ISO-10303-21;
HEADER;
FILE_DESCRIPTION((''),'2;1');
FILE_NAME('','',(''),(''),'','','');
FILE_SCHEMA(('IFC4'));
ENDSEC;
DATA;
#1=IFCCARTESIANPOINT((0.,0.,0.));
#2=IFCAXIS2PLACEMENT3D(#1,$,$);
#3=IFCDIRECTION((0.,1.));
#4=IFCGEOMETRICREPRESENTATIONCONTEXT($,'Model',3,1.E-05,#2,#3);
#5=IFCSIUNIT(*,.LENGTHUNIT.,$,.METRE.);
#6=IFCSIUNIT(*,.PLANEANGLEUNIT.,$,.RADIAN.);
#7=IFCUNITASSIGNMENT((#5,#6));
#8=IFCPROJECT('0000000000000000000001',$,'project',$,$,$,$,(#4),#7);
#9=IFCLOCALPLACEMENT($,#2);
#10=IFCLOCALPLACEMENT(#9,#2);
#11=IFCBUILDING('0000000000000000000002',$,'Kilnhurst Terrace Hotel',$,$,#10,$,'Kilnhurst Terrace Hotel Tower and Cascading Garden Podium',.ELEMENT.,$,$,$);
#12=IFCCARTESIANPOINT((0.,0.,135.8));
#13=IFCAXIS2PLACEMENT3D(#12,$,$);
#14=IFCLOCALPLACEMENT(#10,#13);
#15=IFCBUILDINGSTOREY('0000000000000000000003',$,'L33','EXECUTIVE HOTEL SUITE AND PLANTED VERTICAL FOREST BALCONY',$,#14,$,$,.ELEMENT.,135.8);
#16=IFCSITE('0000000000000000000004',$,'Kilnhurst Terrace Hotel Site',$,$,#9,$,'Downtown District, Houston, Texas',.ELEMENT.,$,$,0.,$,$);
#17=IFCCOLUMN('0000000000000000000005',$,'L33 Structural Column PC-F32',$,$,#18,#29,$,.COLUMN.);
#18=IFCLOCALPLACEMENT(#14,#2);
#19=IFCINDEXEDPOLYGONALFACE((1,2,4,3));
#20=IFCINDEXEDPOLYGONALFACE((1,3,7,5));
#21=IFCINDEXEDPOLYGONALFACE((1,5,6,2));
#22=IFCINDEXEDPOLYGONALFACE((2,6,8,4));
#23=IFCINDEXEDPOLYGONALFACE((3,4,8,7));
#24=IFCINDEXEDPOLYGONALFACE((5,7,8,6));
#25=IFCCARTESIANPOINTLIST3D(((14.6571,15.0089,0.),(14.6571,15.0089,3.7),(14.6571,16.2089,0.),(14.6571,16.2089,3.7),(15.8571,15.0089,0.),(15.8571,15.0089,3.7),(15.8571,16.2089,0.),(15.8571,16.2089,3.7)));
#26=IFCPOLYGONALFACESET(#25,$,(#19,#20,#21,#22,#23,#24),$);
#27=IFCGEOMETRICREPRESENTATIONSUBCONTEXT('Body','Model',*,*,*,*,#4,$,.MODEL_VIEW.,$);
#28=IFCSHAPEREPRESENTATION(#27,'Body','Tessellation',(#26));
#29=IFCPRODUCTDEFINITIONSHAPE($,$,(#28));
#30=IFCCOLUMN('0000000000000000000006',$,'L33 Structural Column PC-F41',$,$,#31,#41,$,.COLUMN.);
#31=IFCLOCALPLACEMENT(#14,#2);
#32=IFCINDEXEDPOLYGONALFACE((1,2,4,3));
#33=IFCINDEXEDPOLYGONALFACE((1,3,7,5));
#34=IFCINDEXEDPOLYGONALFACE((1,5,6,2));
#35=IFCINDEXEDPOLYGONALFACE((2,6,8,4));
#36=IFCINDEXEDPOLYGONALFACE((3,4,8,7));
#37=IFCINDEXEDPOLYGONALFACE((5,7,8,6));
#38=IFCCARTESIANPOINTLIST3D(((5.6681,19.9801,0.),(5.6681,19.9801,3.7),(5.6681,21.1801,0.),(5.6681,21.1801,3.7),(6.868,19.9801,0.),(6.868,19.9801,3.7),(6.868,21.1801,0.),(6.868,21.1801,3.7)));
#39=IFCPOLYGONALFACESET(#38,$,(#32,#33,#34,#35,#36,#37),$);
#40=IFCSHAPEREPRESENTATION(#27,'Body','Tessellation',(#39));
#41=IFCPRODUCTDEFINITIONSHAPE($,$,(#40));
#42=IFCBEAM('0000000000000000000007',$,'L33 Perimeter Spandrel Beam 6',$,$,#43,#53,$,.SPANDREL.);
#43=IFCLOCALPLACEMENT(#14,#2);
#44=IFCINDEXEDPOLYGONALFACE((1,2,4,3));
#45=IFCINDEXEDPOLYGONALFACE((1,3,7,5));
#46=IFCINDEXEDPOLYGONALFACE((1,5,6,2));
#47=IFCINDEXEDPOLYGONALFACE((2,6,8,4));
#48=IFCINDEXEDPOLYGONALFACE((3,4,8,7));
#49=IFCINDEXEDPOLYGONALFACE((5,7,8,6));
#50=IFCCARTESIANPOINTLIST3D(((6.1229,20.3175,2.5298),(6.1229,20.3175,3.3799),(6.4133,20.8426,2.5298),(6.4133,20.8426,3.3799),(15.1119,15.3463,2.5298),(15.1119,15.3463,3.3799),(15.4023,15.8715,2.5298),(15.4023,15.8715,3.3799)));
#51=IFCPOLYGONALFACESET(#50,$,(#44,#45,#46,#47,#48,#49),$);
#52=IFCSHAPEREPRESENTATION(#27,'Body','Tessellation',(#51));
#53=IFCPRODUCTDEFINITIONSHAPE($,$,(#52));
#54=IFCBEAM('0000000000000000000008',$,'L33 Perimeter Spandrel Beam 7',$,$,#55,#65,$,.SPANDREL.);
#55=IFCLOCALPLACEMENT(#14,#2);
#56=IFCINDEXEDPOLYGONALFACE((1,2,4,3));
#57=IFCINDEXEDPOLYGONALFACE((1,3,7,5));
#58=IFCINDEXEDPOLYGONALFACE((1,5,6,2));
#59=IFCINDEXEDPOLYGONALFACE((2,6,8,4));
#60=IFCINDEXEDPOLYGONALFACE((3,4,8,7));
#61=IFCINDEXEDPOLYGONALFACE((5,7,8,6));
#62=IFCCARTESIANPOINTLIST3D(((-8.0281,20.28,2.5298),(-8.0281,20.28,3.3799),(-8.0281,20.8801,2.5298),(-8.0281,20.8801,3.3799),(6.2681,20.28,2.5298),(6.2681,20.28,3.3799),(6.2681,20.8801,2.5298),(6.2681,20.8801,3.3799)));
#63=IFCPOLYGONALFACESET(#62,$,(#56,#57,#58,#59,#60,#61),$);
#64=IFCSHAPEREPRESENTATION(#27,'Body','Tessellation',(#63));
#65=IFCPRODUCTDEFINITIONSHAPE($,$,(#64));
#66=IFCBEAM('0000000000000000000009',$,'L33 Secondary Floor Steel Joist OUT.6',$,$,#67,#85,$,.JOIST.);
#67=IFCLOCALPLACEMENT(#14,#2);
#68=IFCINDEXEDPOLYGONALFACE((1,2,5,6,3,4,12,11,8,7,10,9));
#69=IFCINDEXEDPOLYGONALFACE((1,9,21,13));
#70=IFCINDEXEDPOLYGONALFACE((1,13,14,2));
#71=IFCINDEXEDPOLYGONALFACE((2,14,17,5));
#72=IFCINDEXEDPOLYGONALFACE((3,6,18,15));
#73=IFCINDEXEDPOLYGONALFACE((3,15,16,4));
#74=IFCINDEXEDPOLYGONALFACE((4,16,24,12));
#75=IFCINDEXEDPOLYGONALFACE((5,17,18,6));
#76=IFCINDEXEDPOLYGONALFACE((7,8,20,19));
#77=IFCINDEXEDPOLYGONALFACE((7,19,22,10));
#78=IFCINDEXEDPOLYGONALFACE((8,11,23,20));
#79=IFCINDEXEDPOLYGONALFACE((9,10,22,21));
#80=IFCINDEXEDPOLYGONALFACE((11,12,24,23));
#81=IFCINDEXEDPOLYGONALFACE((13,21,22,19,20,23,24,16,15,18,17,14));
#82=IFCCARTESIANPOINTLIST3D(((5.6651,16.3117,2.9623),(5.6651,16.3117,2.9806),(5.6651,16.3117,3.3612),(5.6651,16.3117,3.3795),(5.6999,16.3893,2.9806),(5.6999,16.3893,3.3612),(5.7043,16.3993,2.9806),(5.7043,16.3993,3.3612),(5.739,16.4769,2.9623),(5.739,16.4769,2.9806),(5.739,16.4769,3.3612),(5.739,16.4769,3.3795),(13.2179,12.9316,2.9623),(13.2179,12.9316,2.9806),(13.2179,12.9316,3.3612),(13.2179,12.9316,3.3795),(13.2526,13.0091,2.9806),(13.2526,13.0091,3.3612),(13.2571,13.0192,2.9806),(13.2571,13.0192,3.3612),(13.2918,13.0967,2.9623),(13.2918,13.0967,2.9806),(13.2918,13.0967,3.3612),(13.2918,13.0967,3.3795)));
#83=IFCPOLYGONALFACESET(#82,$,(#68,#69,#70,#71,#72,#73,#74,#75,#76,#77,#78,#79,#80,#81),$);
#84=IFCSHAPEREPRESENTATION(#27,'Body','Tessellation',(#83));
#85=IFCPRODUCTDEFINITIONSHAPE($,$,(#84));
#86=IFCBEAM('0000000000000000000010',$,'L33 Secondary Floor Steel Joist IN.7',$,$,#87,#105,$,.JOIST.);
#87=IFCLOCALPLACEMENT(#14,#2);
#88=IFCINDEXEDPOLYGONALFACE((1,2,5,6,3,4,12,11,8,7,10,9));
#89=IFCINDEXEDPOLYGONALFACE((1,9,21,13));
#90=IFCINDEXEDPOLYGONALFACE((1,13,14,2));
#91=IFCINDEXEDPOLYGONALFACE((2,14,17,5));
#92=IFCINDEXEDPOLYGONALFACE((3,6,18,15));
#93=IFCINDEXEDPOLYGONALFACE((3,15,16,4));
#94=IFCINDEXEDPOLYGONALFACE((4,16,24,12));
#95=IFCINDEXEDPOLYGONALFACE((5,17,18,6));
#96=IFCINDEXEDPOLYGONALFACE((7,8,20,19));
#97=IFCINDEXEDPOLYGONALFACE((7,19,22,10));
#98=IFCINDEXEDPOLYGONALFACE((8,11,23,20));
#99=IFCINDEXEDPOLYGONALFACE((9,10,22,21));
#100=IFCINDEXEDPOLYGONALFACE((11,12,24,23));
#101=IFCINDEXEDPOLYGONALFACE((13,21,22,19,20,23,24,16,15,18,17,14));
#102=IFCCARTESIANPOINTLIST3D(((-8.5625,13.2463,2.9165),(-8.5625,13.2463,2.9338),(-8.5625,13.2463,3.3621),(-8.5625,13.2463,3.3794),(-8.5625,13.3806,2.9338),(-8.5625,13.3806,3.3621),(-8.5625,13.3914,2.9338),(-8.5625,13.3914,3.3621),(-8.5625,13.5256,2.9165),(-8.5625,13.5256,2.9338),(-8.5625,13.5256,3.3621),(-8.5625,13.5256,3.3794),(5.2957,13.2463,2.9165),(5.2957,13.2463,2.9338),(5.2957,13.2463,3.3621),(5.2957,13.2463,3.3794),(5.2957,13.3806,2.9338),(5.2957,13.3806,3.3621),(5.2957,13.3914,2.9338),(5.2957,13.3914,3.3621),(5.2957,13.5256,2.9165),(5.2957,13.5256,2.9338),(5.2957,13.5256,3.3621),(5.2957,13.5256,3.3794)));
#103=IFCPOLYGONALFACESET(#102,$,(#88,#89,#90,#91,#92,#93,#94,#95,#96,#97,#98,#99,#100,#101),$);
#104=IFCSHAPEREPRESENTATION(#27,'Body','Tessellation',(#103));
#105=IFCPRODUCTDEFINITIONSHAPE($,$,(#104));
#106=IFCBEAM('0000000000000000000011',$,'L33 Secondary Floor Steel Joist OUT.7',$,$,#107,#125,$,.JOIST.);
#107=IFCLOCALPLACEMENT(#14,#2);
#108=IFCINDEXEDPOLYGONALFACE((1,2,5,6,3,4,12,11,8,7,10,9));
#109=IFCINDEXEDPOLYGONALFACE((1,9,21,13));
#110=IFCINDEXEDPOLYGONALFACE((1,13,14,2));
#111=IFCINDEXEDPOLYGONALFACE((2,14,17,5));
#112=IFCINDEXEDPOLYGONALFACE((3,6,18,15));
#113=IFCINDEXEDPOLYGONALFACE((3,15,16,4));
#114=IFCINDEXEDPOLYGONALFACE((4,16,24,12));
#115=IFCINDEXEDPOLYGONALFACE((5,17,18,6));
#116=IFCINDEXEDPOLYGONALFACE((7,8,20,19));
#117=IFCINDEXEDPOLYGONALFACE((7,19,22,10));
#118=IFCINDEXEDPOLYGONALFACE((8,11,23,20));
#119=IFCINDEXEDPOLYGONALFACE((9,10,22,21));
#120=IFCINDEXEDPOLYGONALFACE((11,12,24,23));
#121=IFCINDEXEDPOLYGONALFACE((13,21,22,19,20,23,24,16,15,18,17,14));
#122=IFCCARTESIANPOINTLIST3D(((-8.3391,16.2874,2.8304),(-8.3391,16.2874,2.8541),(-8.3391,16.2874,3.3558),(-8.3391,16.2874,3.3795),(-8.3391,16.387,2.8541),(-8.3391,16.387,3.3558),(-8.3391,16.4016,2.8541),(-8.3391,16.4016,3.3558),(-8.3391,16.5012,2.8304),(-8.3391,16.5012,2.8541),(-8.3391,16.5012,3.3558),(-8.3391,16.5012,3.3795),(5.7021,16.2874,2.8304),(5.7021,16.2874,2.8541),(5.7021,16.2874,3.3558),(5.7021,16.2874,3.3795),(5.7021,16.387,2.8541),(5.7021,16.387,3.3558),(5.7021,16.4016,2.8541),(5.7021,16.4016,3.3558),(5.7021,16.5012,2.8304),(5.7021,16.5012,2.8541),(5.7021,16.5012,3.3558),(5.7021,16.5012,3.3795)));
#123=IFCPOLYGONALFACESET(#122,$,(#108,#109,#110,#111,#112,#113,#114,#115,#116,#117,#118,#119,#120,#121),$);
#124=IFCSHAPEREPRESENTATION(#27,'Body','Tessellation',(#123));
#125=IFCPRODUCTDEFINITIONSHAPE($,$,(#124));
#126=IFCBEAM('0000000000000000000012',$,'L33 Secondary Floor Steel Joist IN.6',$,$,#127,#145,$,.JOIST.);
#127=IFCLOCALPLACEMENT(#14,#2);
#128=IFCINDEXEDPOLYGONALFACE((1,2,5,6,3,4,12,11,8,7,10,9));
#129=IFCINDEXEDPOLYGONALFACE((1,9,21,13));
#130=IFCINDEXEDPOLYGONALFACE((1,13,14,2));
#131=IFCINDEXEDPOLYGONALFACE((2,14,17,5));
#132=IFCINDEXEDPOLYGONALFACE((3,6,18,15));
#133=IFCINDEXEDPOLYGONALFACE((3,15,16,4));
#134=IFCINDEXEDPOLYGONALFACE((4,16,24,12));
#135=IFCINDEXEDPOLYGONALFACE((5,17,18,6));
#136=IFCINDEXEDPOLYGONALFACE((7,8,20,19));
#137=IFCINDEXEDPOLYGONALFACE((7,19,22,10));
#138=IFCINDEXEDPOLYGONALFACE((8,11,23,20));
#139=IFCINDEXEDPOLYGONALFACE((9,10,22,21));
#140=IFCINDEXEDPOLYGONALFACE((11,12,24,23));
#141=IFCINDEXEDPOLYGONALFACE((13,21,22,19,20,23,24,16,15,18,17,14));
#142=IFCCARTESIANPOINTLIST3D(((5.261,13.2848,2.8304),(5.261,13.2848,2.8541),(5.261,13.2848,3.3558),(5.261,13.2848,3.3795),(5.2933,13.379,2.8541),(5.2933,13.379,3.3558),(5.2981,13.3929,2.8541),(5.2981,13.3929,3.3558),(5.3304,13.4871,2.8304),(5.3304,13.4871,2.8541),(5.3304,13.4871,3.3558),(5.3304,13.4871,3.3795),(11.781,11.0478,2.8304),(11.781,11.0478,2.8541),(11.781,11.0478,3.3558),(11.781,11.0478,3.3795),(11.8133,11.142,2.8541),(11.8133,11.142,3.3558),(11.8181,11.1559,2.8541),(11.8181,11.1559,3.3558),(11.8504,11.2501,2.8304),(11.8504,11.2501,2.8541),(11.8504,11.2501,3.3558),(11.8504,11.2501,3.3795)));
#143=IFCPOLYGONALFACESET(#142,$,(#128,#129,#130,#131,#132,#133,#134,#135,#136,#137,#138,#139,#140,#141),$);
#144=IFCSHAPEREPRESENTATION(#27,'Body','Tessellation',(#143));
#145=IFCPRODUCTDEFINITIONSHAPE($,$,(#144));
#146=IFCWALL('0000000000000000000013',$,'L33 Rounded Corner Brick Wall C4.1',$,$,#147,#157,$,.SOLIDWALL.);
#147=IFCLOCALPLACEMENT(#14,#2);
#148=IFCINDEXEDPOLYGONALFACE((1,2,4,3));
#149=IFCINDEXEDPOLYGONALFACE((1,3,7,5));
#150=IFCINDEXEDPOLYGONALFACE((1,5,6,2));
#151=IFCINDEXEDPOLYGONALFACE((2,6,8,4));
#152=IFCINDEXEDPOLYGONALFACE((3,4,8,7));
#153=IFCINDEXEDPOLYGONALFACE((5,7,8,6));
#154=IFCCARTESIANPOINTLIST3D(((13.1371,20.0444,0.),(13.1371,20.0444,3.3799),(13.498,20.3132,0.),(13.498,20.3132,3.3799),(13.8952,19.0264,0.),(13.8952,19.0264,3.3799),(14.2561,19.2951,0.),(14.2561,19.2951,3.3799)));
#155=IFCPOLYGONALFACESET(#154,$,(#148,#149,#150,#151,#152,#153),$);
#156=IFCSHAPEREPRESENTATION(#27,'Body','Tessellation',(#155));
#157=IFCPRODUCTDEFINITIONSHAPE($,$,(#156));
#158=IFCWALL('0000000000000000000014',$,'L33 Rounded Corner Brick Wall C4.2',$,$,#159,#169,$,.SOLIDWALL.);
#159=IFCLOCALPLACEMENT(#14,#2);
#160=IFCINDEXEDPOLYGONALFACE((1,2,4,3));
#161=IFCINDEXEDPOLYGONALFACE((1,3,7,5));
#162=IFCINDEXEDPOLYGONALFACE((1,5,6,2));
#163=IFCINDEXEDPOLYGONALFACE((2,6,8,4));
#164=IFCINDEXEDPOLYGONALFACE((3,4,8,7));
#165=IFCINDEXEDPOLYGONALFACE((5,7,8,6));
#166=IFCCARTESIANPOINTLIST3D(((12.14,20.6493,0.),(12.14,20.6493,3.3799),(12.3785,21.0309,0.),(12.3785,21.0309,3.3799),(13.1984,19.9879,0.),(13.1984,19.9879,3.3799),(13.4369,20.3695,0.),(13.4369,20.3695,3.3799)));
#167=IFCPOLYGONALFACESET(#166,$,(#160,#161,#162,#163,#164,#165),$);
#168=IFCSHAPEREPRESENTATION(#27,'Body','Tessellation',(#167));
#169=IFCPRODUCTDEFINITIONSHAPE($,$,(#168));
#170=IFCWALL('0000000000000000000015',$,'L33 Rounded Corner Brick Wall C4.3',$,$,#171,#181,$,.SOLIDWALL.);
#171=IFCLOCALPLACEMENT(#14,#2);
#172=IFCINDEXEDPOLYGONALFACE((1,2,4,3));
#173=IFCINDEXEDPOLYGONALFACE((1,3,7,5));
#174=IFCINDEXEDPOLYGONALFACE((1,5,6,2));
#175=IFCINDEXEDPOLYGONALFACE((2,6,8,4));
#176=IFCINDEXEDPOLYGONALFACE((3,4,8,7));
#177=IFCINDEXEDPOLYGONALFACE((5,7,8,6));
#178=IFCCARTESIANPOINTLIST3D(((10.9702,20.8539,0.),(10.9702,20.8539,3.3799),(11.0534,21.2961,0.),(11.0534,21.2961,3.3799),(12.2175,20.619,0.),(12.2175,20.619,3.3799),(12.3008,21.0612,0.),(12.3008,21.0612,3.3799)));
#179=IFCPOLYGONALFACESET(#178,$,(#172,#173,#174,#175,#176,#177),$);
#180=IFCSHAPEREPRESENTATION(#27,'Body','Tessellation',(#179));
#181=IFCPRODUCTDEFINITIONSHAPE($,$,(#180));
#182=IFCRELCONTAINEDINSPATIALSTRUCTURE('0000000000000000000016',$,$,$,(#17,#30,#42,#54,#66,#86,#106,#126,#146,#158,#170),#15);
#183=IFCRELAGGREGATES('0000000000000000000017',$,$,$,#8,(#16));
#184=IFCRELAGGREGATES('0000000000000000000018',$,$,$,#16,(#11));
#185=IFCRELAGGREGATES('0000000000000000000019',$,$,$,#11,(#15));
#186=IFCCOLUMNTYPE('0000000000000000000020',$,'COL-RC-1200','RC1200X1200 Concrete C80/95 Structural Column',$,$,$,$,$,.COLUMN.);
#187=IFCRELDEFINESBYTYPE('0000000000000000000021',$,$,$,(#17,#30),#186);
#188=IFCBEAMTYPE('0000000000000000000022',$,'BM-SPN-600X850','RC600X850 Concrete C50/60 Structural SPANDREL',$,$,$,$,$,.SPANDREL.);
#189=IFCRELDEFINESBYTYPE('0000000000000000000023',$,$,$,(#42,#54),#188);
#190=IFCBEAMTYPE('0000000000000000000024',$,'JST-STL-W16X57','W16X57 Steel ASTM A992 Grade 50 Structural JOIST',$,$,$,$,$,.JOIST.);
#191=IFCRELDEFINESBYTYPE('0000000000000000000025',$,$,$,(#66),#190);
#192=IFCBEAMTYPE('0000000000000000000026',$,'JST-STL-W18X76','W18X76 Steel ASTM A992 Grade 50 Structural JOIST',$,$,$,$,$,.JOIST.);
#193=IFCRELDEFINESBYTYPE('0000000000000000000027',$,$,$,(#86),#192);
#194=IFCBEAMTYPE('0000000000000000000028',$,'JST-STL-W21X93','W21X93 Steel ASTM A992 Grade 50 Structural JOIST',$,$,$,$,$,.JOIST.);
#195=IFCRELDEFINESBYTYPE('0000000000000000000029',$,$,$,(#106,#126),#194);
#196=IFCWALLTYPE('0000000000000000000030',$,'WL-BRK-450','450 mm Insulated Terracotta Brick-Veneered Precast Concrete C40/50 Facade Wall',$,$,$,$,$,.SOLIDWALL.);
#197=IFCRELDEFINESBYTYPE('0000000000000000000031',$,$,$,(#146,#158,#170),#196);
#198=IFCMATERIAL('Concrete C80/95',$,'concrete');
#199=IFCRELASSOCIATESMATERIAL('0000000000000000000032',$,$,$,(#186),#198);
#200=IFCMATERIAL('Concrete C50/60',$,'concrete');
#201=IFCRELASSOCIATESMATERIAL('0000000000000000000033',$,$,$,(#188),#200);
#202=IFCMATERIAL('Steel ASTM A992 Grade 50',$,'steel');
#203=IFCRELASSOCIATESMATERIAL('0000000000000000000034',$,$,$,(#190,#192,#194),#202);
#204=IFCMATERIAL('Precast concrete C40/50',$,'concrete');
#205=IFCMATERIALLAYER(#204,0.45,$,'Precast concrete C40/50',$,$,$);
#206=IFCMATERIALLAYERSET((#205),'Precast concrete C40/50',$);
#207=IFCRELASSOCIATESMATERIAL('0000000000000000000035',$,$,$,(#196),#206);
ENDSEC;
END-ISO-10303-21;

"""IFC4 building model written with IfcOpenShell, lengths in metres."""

from ifc_helpers import new_model, si_unit, direction, frame, frame_2d, origin, origin_2d, place, context, subcontext, project, spatial, rectangle, i_section, extrude, material, layer, layer_set, material_profile, profile_set, type_object, element, save


model = new_model("IFC4")

# Units and contexts
model_context = context("Model", 3, precision=1e-05, world=origin(), true_north=direction((0.0, 1.0)))
body_context = subcontext(model_context, "Body", "Model", "MODEL_VIEW")
ifc_project = project(units=[si_unit("LENGTHUNIT", "METRE"), si_unit("PLANEANGLEUNIT", "RADIAN")], contexts=[model_context])

# Site, building, storey
site_placement = place(None, origin())
site = spatial("IfcSite", under=ifc_project, at=site_placement, Name="Kilnhurst Terrace Hotel Site", LongName="Downtown District, Houston, Texas", CompositionType="ELEMENT", RefElevation=0.0)
building_placement = place(site_placement, origin())
building = spatial("IfcBuilding", under=site, at=building_placement, Name="Kilnhurst Terrace Hotel", LongName="Kilnhurst Terrace Hotel Tower and Cascading Garden Podium", CompositionType="ELEMENT")
storey_placement = place(building_placement, frame((0.0, 0.0, 135.8)))
storey = spatial("IfcBuildingStorey", under=building, at=storey_placement, Name="L33", Description="EXECUTIVE HOTEL SUITE AND PLANTED VERTICAL FOREST BALCONY", CompositionType="ELEMENT", Elevation=135.8)

# Columns
ifc_material_1 = material(Name="Concrete C80/95", Category="concrete")
ifc_material_profile_1 = material_profile(ifc_material_1, rectangle(XDim=1.2, YDim=1.2, at=origin_2d()), Name="RC1200X1200")
ifc_profile_set_1 = profile_set([ifc_material_profile_1], Name="Concrete C80/95")
column_type = type_object("IfcColumnType", Name="COL-RC-1200", Description="RC1200X1200 Concrete C80/95 Structural Column", PredefinedType="COLUMN", material=ifc_profile_set_1)
for number, where, z_axis, x_axis, name in (
    (1, (15.2571, 15.6089, 0.0), (0.0, 0.0, 1.0), (1.0, 0.0, 0.0), "L33 Structural Column PC-F32"),
    (2, (6.2681, 20.5801, 0.0), (0.0, 0.0, 1.0), (1.0, 0.0, 0.0), "L33 Structural Column PC-F41"),
):
    element("IfcColumn", number, at=place(storey_placement, frame(where, z_axis=z_axis, x_axis=x_axis)), inside=storey, type_object=column_type, Name=name, PredefinedType="COLUMN", context=body_context, shape_type="SweptSolid", body=[
        extrude(rectangle(XDim=1.2, YDim=1.2, at=origin_2d()), origin(), (0.0, 0.0, 1.0), 3.7),
    ])

# Beams
ifc_material_2 = material(Name="Concrete C50/60", Category="concrete")
ifc_material_profile_2 = material_profile(ifc_material_2, rectangle(XDim=0.6001, YDim=0.8501, at=origin_2d()), Name="RC600X850")
ifc_profile_set_2 = profile_set([ifc_material_profile_2], Name="Concrete C50/60")
beam_type_1 = type_object("IfcBeamType", Name="BM-SPN-600X850", Description="RC600X850 Concrete C50/60 Structural SPANDREL", PredefinedType="SPANDREL", material=ifc_profile_set_2)
beam_1_placement = place(storey_placement, frame((15.2571, 15.6089, 2.9548), z_axis=(-0.875094, 0.483953, 0.0), x_axis=(-0.483953, -0.875094, 0.0)))
element("IfcBeam", 3, at=beam_1_placement, inside=storey, type_object=beam_type_1, Name="L33 Perimeter Spandrel Beam 6", PredefinedType="SPANDREL", context=body_context, shape_type="SweptSolid", body=[
    extrude(rectangle(XDim=0.6001, YDim=0.8501, at=origin_2d()), origin(), (0.0, 0.0, 1.0), 10.272),
])
beam_2_placement = place(storey_placement, frame((6.2681, 20.5801, 2.9548), z_axis=(-1.0, 0.0, 0.0), x_axis=(0.0, -1.0, 0.0)))
element("IfcBeam", 4, at=beam_2_placement, inside=storey, type_object=beam_type_1, Name="L33 Perimeter Spandrel Beam 7", PredefinedType="SPANDREL", context=body_context, shape_type="SweptSolid", body=[
    extrude(rectangle(XDim=0.6001, YDim=0.8501, at=origin_2d()), origin(), (0.0, 0.0, 1.0), 14.2961),
])
ifc_material_3 = material(Name="Steel ASTM A992 Grade 50", Category="steel")
ifc_material_profile_3 = material_profile(ifc_material_3, i_section(OverallWidth=0.1809, OverallDepth=0.4172, WebThickness=0.011, FlangeThickness=0.0183, at=origin_2d()), Name="W16X57")
ifc_profile_set_3 = profile_set([ifc_material_profile_3], Name="Steel ASTM A992 Grade 50")
beam_type_2 = type_object("IfcBeamType", Name="JST-STL-W16X57", Description="W16X57 Steel ASTM A992 Grade 50 Structural JOIST", PredefinedType="JOIST", material=ifc_profile_set_3)
beam_3_placement = place(storey_placement, frame((13.2549, 13.0142, 3.1709), z_axis=(-0.912761, 0.408494, 0.0), x_axis=(-0.408494, -0.912761, 0.0)))
element("IfcBeam", 5, at=beam_3_placement, inside=storey, type_object=beam_type_2, Name="L33 Secondary Floor Steel Joist OUT.6", PredefinedType="JOIST", context=body_context, shape_type="SweptSolid", body=[
    extrude(i_section(OverallWidth=0.1809, OverallDepth=0.4172, WebThickness=0.011, FlangeThickness=0.0183, at=origin_2d()), origin(), (0.0, 0.0, 1.0), 8.2747),
])
ifc_material_profile_4 = material_profile(ifc_material_3, i_section(OverallWidth=0.2793, OverallDepth=0.4629, WebThickness=0.0107, FlangeThickness=0.0173, at=origin_2d()), Name="W18X76")
ifc_profile_set_4 = profile_set([ifc_material_profile_4], Name="Steel ASTM A992 Grade 50")
beam_type_3 = type_object("IfcBeamType", Name="JST-STL-W18X76", Description="W18X76 Steel ASTM A992 Grade 50 Structural JOIST", PredefinedType="JOIST", material=ifc_profile_set_4)
beam_4_placement = place(storey_placement, frame((5.2957, 13.386, 3.1479), z_axis=(-1.0, 0.0, 0.0), x_axis=(0.0, -1.0, 0.0)))
element("IfcBeam", 6, at=beam_4_placement, inside=storey, type_object=beam_type_3, Name="L33 Secondary Floor Steel Joist IN.7", PredefinedType="JOIST", context=body_context, shape_type="SweptSolid", body=[
    extrude(i_section(OverallWidth=0.2793, OverallDepth=0.4629, WebThickness=0.0107, FlangeThickness=0.0173, at=origin_2d()), origin(), (0.0, 0.0, 1.0), 13.8582),
])
ifc_material_profile_5 = material_profile(ifc_material_3, i_section(OverallWidth=0.2139, OverallDepth=0.5491, WebThickness=0.0146, FlangeThickness=0.0237, at=origin_2d()), Name="W21X93")
ifc_profile_set_5 = profile_set([ifc_material_profile_5], Name="Steel ASTM A992 Grade 50")
beam_type_4 = type_object("IfcBeamType", Name="JST-STL-W21X93", Description="W21X93 Steel ASTM A992 Grade 50 Structural JOIST", PredefinedType="JOIST", material=ifc_profile_set_5)
beam_5_placement = place(storey_placement, frame((5.7021, 16.3943, 3.105), z_axis=(-1.0, 0.0, 0.0), x_axis=(0.0, -1.0, 0.0)))
element("IfcBeam", 7, at=beam_5_placement, inside=storey, type_object=beam_type_4, Name="L33 Secondary Floor Steel Joist OUT.7", PredefinedType="JOIST", context=body_context, shape_type="SweptSolid", body=[
    extrude(i_section(OverallWidth=0.2139, OverallDepth=0.5491, WebThickness=0.0146, FlangeThickness=0.0237, at=origin_2d()), origin(), (0.0, 0.0, 1.0), 14.0413),
])
beam_6_placement = place(storey_placement, frame((11.8157, 11.1489, 3.105), z_axis=(-0.945874, 0.324535, 0.0), x_axis=(-0.324535, -0.945874, 0.0)))
element("IfcBeam", 8, at=beam_6_placement, inside=storey, type_object=beam_type_4, Name="L33 Secondary Floor Steel Joist IN.6", PredefinedType="JOIST", context=body_context, shape_type="SweptSolid", body=[
    extrude(i_section(OverallWidth=0.2139, OverallDepth=0.5491, WebThickness=0.0146, FlangeThickness=0.0237, at=origin_2d()), origin(), (0.0, 0.0, 1.0), 6.8931),
])

# Walls
ifc_material_4 = material(Name="Precast concrete C40/50", Category="concrete")
ifc_layer_1 = layer(ifc_material_4, 0.45, Name="Precast concrete C40/50")
ifc_layer_set_1 = layer_set([ifc_layer_1], Name="Precast concrete C40/50")
wall_type_1 = type_object("IfcWallType", Name="WL-BRK-450", Description="450 mm Insulated Terracotta Brick-Veneered Precast Concrete C40/50 Facade Wall", PredefinedType="SOLIDWALL", material=ifc_layer_set_1)
wall_1_placement = place(storey_placement, frame((14.0757, 19.1606, 0.0), z_axis=(0.0, 0.0, 1.0), x_axis=(-0.597227, 0.802073, 0.0)))
element("IfcWall", 9, at=wall_1_placement, inside=storey, type_object=wall_type_1, Name="L33 Rounded Corner Brick Wall C4.1", PredefinedType="SOLIDWALL", context=body_context, shape_type="SweptSolid", body=[
    extrude(rectangle(XDim=1.2693, YDim=0.45, at=frame_2d((0.6348, 0.0))), origin(), (0.0, 0.0, 1.0), 3.3799),
])
wall_2_placement = place(storey_placement, frame((13.3176, 20.1787, 0.0), z_axis=(0.0, 0.0, 1.0), x_axis=(-0.848031, 0.529946, 0.0)))
element("IfcWall", 10, at=wall_2_placement, inside=storey, type_object=wall_type_1, Name="L33 Rounded Corner Brick Wall C4.2", PredefinedType="SOLIDWALL", context=body_context, shape_type="SweptSolid", body=[
    extrude(rectangle(XDim=1.248, YDim=0.45, at=frame_2d((0.624, 0.0))), origin(), (0.0, 0.0, 1.0), 3.3799),
])
wall_3_placement = place(storey_placement, frame((12.2593, 20.8401, 0.0), z_axis=(0.0, 0.0, 1.0), x_axis=(-0.98273, 0.185043, 0.0)))
element("IfcWall", 11, at=wall_3_placement, inside=storey, type_object=wall_type_1, Name="L33 Rounded Corner Brick Wall C4.3", PredefinedType="SOLIDWALL", context=body_context, shape_type="SweptSolid", body=[
    extrude(rectangle(XDim=1.2693, YDim=0.45, at=frame_2d((0.6348, 0.0))), origin(), (0.0, 0.0, 1.0), 3.3799),
])

save(model, "model.ifc")
